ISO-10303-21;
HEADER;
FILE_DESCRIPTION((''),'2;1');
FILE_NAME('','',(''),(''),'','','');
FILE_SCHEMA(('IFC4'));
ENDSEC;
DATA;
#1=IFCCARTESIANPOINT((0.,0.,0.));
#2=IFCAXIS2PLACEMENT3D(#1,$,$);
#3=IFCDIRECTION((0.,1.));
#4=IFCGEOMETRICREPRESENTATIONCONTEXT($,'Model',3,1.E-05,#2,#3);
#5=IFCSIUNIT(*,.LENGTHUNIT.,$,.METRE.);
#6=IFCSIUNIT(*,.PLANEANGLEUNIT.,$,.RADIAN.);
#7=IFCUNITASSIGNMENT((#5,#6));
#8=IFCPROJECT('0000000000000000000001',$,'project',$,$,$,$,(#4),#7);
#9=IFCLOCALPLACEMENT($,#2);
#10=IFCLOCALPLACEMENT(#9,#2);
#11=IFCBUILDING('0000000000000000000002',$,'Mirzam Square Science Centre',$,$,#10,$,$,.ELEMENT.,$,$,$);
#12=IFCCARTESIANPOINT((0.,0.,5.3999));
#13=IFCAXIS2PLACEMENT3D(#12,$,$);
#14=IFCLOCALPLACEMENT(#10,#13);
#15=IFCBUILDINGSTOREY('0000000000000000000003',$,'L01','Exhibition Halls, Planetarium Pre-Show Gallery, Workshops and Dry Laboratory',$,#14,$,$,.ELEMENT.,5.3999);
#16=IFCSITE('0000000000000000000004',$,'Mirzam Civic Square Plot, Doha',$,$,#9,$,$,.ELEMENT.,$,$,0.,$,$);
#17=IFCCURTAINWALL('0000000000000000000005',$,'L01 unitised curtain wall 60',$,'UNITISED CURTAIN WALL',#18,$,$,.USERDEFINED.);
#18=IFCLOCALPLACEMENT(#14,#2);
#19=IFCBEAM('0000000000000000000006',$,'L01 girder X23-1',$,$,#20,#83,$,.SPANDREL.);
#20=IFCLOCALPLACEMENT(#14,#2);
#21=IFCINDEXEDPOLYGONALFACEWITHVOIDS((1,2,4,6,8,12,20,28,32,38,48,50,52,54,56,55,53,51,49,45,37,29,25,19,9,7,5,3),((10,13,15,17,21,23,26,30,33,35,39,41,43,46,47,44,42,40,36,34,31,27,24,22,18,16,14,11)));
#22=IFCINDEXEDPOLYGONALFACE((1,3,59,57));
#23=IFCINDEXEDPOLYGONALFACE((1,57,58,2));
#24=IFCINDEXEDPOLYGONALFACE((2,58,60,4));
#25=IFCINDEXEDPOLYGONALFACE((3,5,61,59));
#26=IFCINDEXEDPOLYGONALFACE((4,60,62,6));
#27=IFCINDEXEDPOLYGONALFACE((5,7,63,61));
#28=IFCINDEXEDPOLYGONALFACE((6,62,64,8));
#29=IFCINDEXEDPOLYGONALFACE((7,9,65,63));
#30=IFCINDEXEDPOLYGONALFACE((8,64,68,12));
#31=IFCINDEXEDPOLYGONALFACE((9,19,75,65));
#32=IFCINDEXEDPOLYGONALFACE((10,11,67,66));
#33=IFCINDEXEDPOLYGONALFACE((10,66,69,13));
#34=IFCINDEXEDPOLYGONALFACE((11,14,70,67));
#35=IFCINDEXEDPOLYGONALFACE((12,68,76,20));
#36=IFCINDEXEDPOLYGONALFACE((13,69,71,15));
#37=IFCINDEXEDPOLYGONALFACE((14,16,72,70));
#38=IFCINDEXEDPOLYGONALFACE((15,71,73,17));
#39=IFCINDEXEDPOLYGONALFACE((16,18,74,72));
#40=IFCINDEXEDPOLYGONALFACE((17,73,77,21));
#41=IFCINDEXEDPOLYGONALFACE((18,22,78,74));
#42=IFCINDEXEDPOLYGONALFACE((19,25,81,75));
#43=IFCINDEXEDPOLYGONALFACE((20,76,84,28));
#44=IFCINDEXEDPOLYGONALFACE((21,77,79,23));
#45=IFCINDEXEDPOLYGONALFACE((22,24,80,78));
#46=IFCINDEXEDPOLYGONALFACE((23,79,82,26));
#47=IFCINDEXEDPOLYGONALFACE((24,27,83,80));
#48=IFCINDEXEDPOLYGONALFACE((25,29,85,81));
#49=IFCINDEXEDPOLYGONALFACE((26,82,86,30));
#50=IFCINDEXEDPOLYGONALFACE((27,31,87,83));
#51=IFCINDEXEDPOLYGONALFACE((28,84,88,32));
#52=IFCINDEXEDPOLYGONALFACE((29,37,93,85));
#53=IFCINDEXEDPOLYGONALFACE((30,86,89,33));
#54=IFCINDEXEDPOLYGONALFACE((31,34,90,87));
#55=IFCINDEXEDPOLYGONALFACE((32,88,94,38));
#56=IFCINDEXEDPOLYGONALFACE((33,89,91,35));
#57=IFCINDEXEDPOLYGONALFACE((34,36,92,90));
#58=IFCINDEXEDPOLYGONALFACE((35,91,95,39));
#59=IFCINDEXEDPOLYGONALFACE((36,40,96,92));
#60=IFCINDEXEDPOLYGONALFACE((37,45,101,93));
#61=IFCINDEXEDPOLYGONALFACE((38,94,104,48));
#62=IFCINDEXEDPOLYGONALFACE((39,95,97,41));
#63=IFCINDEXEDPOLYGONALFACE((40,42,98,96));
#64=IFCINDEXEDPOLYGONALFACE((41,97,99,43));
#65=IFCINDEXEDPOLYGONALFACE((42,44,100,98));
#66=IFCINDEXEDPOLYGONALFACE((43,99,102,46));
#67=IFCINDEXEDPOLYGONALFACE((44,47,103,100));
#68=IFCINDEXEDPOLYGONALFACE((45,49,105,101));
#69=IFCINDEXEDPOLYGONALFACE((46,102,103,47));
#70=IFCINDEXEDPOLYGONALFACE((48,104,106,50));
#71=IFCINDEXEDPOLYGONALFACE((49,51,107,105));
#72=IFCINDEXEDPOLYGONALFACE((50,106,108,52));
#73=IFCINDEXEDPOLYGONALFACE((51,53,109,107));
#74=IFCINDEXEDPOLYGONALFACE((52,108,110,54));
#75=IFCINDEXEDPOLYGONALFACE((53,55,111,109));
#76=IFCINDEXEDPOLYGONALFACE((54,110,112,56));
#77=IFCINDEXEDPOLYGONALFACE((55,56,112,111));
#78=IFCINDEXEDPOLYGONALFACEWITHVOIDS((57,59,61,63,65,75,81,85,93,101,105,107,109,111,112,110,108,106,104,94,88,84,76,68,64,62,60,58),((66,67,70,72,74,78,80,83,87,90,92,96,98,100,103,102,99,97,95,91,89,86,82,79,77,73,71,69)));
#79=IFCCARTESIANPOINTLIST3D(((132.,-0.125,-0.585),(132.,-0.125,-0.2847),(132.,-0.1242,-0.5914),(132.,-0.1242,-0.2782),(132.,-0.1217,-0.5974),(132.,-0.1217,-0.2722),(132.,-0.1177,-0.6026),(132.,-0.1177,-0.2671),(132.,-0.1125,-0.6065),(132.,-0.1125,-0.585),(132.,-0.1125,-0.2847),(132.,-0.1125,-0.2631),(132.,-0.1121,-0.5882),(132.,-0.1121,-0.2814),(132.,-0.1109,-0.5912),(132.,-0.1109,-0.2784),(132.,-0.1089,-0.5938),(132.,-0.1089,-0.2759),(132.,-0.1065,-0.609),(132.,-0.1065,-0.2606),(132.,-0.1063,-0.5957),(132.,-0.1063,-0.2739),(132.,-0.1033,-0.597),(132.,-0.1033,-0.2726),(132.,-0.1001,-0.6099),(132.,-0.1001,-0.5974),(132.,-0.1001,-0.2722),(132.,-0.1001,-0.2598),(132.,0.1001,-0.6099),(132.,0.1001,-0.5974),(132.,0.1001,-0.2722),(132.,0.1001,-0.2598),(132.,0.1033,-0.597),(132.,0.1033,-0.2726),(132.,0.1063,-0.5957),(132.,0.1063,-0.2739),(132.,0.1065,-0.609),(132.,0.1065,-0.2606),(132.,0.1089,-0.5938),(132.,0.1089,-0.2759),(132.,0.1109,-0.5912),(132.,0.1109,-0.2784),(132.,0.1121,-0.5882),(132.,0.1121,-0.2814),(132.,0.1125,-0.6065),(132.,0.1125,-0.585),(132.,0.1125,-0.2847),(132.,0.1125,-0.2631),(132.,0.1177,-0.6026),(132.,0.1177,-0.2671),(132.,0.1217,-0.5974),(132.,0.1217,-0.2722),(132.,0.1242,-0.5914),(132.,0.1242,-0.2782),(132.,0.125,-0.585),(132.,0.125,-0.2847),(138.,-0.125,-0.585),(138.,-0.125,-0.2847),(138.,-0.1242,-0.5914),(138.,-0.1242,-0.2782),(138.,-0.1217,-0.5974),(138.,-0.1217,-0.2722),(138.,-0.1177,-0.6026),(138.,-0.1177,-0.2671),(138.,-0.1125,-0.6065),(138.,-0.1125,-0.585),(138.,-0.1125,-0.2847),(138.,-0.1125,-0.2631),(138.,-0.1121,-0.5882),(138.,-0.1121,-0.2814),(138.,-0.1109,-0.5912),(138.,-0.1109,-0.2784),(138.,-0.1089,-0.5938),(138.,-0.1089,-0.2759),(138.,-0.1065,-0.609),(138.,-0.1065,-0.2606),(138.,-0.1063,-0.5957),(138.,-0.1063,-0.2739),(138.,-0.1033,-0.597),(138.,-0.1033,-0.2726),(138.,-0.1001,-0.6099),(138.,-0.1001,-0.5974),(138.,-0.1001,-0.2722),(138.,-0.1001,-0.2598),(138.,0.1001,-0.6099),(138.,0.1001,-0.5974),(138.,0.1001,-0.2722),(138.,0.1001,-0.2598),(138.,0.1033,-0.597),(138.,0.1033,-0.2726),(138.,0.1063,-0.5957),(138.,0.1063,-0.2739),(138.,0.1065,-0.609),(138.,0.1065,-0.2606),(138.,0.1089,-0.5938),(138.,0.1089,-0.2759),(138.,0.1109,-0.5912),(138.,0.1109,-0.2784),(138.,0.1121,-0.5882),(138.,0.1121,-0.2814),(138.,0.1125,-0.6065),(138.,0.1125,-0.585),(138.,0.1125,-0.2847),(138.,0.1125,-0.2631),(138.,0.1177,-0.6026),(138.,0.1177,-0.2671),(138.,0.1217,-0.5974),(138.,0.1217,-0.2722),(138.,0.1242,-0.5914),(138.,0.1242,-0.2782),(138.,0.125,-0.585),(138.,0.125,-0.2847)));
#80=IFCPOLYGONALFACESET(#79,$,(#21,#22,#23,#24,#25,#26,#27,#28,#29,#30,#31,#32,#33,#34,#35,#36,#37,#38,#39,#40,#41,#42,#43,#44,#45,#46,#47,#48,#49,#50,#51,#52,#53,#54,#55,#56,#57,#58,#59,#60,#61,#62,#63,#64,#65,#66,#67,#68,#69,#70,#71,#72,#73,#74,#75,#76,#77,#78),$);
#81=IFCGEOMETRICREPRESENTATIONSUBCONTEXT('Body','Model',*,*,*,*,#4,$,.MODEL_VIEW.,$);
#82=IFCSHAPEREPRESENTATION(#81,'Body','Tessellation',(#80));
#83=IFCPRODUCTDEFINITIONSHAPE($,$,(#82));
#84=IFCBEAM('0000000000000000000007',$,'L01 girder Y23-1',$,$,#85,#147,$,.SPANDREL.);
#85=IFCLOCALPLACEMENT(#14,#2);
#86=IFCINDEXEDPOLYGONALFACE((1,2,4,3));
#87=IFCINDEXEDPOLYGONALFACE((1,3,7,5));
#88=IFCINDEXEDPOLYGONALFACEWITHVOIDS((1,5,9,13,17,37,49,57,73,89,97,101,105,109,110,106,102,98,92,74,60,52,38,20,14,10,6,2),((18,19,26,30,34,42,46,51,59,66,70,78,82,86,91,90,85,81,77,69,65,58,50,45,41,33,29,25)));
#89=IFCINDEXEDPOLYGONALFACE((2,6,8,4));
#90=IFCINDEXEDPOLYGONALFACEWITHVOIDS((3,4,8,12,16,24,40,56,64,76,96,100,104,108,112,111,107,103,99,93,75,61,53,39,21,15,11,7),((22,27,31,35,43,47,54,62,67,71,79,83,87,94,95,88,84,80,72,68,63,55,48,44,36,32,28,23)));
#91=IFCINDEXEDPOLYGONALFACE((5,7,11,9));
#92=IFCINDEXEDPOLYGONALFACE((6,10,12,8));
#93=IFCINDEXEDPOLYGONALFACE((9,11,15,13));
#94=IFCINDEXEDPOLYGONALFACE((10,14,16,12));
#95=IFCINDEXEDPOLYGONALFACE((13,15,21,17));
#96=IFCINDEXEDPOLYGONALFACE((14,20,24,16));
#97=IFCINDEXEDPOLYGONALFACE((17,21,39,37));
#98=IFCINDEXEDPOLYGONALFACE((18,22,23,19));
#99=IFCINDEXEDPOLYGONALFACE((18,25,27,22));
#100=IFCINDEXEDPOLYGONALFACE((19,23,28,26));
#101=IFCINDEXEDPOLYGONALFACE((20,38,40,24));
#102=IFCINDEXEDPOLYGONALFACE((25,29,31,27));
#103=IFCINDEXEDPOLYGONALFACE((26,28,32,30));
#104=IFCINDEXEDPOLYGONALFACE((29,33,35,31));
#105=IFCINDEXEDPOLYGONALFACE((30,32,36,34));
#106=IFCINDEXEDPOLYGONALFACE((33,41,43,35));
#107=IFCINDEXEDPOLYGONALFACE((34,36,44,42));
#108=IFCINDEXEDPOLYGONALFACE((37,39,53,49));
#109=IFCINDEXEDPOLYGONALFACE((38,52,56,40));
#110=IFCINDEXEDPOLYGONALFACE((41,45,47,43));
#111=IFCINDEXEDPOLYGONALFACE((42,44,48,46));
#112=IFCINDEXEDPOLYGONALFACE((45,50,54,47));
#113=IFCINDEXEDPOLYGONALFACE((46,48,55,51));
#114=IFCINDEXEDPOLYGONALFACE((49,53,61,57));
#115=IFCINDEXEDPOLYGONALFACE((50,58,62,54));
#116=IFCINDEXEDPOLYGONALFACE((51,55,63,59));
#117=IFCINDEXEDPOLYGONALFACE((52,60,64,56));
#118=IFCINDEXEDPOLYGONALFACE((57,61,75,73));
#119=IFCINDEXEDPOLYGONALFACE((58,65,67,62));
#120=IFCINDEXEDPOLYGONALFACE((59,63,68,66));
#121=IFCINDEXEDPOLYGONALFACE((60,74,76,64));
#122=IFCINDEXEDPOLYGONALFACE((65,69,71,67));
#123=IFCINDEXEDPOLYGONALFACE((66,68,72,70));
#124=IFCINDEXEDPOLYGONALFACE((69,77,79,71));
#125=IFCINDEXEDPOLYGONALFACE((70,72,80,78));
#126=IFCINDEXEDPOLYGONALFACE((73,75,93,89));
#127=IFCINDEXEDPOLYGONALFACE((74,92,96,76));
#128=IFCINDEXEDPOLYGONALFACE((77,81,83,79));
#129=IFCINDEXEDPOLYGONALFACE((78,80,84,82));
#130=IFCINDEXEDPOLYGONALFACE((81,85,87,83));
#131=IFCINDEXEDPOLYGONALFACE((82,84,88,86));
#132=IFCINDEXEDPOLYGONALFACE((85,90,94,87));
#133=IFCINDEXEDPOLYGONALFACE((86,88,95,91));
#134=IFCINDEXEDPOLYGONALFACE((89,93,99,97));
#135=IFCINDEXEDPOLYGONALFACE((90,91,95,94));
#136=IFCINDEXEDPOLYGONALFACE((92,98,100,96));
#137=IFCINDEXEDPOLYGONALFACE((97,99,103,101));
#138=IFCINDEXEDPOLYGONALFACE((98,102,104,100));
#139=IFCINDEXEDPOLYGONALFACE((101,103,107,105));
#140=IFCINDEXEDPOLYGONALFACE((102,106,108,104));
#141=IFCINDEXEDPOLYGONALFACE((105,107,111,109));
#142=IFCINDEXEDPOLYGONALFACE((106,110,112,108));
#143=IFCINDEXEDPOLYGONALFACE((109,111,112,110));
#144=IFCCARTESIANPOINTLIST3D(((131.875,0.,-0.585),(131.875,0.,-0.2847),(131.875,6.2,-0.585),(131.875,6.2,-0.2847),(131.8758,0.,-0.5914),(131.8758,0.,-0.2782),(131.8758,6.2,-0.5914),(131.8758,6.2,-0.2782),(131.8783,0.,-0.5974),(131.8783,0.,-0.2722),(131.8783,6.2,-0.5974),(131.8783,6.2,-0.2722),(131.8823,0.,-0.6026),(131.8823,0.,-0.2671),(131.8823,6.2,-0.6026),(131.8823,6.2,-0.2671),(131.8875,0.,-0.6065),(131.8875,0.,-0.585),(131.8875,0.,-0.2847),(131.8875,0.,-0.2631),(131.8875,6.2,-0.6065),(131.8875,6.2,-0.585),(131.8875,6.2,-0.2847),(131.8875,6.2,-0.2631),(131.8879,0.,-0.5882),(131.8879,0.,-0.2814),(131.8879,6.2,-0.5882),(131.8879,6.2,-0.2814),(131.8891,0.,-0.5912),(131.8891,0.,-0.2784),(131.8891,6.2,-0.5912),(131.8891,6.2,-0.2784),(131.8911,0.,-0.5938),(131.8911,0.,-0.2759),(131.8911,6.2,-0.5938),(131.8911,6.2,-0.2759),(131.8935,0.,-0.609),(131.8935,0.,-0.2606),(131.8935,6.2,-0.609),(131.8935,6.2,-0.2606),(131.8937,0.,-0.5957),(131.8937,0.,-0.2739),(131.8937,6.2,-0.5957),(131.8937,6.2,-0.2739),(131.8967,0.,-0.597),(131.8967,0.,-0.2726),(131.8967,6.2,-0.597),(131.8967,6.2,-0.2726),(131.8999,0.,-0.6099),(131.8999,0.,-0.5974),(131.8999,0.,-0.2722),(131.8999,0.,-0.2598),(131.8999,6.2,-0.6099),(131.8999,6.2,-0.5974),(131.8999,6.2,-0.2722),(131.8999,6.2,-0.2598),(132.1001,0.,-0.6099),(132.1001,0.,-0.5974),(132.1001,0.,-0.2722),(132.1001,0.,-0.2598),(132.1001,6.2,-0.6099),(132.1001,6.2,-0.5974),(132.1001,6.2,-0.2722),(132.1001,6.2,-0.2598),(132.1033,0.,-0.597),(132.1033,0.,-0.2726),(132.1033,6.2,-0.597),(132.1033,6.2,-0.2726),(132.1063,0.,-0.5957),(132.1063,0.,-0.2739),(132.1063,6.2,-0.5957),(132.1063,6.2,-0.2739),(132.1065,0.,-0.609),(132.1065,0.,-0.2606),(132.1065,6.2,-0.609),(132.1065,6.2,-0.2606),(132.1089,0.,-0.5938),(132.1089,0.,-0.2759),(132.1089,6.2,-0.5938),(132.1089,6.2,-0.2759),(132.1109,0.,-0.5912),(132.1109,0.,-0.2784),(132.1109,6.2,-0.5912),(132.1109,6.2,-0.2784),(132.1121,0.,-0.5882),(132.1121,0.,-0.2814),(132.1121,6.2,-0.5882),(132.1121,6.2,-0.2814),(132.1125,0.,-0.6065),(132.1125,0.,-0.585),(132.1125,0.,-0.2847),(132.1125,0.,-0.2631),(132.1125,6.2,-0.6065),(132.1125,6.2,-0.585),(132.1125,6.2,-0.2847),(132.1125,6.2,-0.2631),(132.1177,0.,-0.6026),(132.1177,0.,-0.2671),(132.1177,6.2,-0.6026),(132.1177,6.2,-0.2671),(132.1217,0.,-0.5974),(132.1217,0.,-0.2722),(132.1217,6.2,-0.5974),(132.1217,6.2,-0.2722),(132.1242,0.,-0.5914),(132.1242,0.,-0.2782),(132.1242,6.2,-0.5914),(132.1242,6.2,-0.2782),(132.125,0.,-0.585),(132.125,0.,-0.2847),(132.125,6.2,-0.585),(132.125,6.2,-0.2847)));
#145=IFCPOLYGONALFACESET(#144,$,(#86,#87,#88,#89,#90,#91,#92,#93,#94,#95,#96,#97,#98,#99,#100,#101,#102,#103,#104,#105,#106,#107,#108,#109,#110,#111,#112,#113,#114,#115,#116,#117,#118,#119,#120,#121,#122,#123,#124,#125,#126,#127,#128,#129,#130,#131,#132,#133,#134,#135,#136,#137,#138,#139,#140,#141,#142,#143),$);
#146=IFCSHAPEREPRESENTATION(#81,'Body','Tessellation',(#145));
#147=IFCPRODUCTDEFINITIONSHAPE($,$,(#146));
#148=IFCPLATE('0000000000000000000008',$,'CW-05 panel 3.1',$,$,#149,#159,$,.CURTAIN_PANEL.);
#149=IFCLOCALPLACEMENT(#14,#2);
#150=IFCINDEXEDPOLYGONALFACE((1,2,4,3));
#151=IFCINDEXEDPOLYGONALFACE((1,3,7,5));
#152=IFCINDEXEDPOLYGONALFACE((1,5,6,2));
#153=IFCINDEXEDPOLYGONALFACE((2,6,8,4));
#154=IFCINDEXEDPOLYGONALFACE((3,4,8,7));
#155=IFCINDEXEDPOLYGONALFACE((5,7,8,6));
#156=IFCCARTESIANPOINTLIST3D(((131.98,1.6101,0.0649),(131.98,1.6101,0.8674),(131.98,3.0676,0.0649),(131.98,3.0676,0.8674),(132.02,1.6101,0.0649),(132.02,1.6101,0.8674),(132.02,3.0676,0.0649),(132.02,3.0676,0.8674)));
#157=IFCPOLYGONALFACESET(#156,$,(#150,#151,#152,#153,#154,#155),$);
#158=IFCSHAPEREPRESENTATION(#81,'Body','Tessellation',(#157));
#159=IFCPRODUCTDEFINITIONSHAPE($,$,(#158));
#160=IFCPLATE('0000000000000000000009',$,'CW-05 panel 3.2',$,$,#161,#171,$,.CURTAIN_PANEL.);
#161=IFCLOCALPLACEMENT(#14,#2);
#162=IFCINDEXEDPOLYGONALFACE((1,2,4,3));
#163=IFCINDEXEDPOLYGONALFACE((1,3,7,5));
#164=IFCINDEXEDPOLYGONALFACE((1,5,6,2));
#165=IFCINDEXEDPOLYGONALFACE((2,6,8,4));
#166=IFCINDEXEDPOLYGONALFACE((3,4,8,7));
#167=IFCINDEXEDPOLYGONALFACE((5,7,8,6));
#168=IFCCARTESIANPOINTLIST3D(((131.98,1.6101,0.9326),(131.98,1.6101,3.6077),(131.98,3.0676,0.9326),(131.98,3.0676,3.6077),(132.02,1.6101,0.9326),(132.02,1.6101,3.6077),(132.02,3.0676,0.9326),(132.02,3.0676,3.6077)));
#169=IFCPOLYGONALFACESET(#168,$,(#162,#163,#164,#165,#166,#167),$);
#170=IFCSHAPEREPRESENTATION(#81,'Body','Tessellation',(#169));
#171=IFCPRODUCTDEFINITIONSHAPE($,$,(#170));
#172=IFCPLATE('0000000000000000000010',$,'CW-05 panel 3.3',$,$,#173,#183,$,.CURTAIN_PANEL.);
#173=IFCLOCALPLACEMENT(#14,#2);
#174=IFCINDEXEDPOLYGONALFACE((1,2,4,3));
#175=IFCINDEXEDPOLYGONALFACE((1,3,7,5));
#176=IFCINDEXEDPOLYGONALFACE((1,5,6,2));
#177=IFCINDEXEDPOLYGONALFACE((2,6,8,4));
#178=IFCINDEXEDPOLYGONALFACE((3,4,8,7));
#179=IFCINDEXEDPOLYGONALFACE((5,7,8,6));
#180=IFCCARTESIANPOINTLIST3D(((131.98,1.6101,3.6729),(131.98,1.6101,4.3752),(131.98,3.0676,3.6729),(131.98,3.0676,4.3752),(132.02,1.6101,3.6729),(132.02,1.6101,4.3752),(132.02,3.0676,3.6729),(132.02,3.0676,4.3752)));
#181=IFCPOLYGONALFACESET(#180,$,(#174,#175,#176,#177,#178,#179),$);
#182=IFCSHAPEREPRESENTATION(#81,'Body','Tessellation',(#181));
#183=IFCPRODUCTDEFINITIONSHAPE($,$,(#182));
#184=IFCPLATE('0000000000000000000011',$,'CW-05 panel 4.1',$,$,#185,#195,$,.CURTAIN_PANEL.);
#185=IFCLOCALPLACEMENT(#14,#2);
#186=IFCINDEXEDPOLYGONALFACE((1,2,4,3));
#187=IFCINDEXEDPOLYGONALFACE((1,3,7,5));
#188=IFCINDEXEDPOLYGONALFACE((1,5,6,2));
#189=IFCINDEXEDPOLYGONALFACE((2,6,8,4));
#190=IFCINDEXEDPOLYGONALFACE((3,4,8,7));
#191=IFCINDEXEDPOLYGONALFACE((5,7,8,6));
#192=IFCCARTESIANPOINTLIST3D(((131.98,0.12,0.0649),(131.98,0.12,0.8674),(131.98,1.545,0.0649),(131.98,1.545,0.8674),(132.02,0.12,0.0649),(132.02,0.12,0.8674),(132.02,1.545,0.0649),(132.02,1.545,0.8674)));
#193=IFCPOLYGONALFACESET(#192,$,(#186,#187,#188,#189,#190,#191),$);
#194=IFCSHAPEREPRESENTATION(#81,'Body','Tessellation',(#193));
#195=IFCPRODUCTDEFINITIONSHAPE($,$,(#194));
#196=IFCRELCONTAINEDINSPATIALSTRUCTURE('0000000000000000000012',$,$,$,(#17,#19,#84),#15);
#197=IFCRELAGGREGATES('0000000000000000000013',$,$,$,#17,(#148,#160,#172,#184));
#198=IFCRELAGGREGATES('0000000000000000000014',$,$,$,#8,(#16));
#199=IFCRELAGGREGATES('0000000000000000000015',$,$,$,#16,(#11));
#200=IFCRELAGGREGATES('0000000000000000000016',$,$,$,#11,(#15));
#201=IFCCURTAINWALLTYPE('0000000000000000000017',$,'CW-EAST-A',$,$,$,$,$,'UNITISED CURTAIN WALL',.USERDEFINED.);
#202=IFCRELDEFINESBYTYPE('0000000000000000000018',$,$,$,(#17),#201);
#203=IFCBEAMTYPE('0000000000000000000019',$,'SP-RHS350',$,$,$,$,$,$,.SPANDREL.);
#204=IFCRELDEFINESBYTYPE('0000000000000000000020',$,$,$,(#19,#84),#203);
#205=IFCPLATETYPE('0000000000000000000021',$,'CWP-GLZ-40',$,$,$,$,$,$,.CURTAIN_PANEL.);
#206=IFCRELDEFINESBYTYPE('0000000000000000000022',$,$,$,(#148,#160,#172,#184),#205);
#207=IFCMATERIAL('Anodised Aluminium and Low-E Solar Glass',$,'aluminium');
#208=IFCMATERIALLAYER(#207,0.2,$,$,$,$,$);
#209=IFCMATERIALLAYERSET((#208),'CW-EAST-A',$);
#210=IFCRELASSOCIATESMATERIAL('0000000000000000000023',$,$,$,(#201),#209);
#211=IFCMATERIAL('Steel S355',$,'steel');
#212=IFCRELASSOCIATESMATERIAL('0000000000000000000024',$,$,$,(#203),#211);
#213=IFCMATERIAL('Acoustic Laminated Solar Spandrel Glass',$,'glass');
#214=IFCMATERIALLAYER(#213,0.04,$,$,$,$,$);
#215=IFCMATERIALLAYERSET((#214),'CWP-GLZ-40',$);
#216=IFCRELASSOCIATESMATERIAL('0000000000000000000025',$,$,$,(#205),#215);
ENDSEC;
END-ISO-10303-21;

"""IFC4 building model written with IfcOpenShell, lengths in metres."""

from ifc_helpers import new_model, si_unit, direction, frame, origin, origin_2d, place, context, subcontext, project, spatial, rectangle, hollow_rectangle, extrude, material, layer, layer_set, material_profile, profile_set, type_object, element, aggregate, save


model = new_model("IFC4")

# Units and contexts
model_context = context("Model", 3, precision=1e-05, world=origin(), true_north=direction((0.0, 1.0)))
body_context = subcontext(model_context, "Body", "Model", "MODEL_VIEW")
ifc_project = project(units=[si_unit("LENGTHUNIT", "METRE"), si_unit("PLANEANGLEUNIT", "RADIAN")], contexts=[model_context])

# Site, building, storey
site_placement = place(None, origin())
site = spatial("IfcSite", under=ifc_project, at=site_placement, Name="Mirzam Civic Square Plot, Doha", CompositionType="ELEMENT", RefElevation=0.0)
building_placement = place(site_placement, origin())
building = spatial("IfcBuilding", under=site, at=building_placement, Name="Mirzam Square Science Centre", CompositionType="ELEMENT")
storey_placement = place(building_placement, frame((0.0, 0.0, 5.3999)))
storey = spatial("IfcBuildingStorey", under=building, at=storey_placement, Name="L01", Description="Exhibition Halls, Planetarium Pre-Show Gallery, Workshops and Dry Laboratory", CompositionType="ELEMENT", Elevation=5.3999)

# Shared definitions
ifc_material_1 = material(Name="Steel S355", Category="steel")

# Curtain wall
ifc_material_2 = material(Name="Anodised Aluminium and Low-E Solar Glass", Category="aluminium")
ifc_layer_1 = layer(ifc_material_2, 0.2)
ifc_layer_set_1 = layer_set([ifc_layer_1], Name="CW-EAST-A")
curtain_wall_type = type_object("IfcCurtainWallType", Name="CW-EAST-A", ElementType="UNITISED CURTAIN WALL", PredefinedType="USERDEFINED", material=ifc_layer_set_1)
curtain_wall_placement = place(storey_placement, origin())
curtain_wall = element("IfcCurtainWall", 1, at=curtain_wall_placement, inside=storey, type_object=curtain_wall_type, Name="L01 unitised curtain wall 60", ObjectType="UNITISED CURTAIN WALL", PredefinedType="USERDEFINED")

# Beams
ifc_material_profile_1 = material_profile(ifc_material_1, hollow_rectangle(XDim=0.25, YDim=0.3501, WallThickness=0.0125, InnerFilletRadius=0.0125, OuterFilletRadius=0.0249, at=origin_2d()), Name="350x250x12.5RHS")
ifc_profile_set_1 = profile_set([ifc_material_profile_1], Name="Steel S355")
beam_type = type_object("IfcBeamType", Name="SP-RHS350", PredefinedType="SPANDREL", material=ifc_profile_set_1)
beam_1_placement = place(storey_placement, frame((132.0, 0.0, -0.4348), z_axis=(1.0, 0.0, 0.0), x_axis=(0.0, 1.0, 0.0)))
element("IfcBeam", 2, at=beam_1_placement, inside=storey, type_object=beam_type, Name="L01 girder X23-1", PredefinedType="SPANDREL", context=body_context, shape_type="SweptSolid", body=[
    extrude(hollow_rectangle(XDim=0.25, YDim=0.3501, WallThickness=0.0125, InnerFilletRadius=0.0125, OuterFilletRadius=0.0249, at=origin_2d()), origin(), (0.0, 0.0, 1.0), 6.0),
])
beam_2_placement = place(storey_placement, frame((132.0, 0.0, -0.4348), z_axis=(0.0, 1.0, 0.0), x_axis=(-1.0, 0.0, 0.0)))
element("IfcBeam", 3, at=beam_2_placement, inside=storey, type_object=beam_type, Name="L01 girder Y23-1", PredefinedType="SPANDREL", context=body_context, shape_type="SweptSolid", body=[
    extrude(hollow_rectangle(XDim=0.25, YDim=0.3501, WallThickness=0.0125, InnerFilletRadius=0.0125, OuterFilletRadius=0.0249, at=origin_2d()), origin(), (0.0, 0.0, 1.0), 6.2),
])

# Plates
ifc_material_3 = material(Name="Acoustic Laminated Solar Spandrel Glass", Category="glass")
ifc_layer_2 = layer(ifc_material_3, 0.04)
ifc_layer_set_2 = layer_set([ifc_layer_2], Name="CWP-GLZ-40")
plate_type = type_object("IfcPlateType", Name="CWP-GLZ-40", PredefinedType="CURTAIN_PANEL", material=ifc_layer_set_2)
plate_1_placement = place(storey_placement, frame((132.0, 2.3389, 0.0649), z_axis=(0.0, 0.0, 1.0), x_axis=(0.0, -1.0, 0.0)))
plate_1 = element("IfcPlate", 4, at=plate_1_placement, type_object=plate_type, Name="CW-05 panel 3.1", PredefinedType="CURTAIN_PANEL", context=body_context, shape_type="SweptSolid", body=[
    extrude(rectangle(XDim=1.4575, YDim=0.04, at=origin_2d()), origin(), (0.0, 0.0, 1.0), 0.8025),
])
plate_2_placement = place(storey_placement, frame((132.0, 2.3389, 0.9326), z_axis=(0.0, 0.0, 1.0), x_axis=(0.0, -1.0, 0.0)))
plate_2 = element("IfcPlate", 5, at=plate_2_placement, type_object=plate_type, Name="CW-05 panel 3.2", PredefinedType="CURTAIN_PANEL", context=body_context, shape_type="SweptSolid", body=[
    extrude(rectangle(XDim=1.4575, YDim=0.04, at=origin_2d()), origin(), (0.0, 0.0, 1.0), 2.675),
])
plate_3_placement = place(storey_placement, frame((132.0, 2.3389, 3.6729), z_axis=(0.0, 0.0, 1.0), x_axis=(0.0, -1.0, 0.0)))
plate_3 = element("IfcPlate", 6, at=plate_3_placement, type_object=plate_type, Name="CW-05 panel 3.3", PredefinedType="CURTAIN_PANEL", context=body_context, shape_type="SweptSolid", body=[
    extrude(rectangle(XDim=1.4575, YDim=0.04, at=origin_2d()), origin(), (0.0, 0.0, 1.0), 0.7024),
])
plate_4_placement = place(storey_placement, frame((132.0, 0.8325, 0.0649), z_axis=(0.0, 0.0, 1.0), x_axis=(0.0, -1.0, 0.0)))
plate_4 = element("IfcPlate", 7, at=plate_4_placement, type_object=plate_type, Name="CW-05 panel 4.1", PredefinedType="CURTAIN_PANEL", context=body_context, shape_type="SweptSolid", body=[
    extrude(rectangle(XDim=1.425, YDim=0.04, at=origin_2d()), origin(), (0.0, 0.0, 1.0), 0.8025),
])
aggregate(curtain_wall, [plate_1, plate_2, plate_3, plate_4])

save(model, "model.ifc")
